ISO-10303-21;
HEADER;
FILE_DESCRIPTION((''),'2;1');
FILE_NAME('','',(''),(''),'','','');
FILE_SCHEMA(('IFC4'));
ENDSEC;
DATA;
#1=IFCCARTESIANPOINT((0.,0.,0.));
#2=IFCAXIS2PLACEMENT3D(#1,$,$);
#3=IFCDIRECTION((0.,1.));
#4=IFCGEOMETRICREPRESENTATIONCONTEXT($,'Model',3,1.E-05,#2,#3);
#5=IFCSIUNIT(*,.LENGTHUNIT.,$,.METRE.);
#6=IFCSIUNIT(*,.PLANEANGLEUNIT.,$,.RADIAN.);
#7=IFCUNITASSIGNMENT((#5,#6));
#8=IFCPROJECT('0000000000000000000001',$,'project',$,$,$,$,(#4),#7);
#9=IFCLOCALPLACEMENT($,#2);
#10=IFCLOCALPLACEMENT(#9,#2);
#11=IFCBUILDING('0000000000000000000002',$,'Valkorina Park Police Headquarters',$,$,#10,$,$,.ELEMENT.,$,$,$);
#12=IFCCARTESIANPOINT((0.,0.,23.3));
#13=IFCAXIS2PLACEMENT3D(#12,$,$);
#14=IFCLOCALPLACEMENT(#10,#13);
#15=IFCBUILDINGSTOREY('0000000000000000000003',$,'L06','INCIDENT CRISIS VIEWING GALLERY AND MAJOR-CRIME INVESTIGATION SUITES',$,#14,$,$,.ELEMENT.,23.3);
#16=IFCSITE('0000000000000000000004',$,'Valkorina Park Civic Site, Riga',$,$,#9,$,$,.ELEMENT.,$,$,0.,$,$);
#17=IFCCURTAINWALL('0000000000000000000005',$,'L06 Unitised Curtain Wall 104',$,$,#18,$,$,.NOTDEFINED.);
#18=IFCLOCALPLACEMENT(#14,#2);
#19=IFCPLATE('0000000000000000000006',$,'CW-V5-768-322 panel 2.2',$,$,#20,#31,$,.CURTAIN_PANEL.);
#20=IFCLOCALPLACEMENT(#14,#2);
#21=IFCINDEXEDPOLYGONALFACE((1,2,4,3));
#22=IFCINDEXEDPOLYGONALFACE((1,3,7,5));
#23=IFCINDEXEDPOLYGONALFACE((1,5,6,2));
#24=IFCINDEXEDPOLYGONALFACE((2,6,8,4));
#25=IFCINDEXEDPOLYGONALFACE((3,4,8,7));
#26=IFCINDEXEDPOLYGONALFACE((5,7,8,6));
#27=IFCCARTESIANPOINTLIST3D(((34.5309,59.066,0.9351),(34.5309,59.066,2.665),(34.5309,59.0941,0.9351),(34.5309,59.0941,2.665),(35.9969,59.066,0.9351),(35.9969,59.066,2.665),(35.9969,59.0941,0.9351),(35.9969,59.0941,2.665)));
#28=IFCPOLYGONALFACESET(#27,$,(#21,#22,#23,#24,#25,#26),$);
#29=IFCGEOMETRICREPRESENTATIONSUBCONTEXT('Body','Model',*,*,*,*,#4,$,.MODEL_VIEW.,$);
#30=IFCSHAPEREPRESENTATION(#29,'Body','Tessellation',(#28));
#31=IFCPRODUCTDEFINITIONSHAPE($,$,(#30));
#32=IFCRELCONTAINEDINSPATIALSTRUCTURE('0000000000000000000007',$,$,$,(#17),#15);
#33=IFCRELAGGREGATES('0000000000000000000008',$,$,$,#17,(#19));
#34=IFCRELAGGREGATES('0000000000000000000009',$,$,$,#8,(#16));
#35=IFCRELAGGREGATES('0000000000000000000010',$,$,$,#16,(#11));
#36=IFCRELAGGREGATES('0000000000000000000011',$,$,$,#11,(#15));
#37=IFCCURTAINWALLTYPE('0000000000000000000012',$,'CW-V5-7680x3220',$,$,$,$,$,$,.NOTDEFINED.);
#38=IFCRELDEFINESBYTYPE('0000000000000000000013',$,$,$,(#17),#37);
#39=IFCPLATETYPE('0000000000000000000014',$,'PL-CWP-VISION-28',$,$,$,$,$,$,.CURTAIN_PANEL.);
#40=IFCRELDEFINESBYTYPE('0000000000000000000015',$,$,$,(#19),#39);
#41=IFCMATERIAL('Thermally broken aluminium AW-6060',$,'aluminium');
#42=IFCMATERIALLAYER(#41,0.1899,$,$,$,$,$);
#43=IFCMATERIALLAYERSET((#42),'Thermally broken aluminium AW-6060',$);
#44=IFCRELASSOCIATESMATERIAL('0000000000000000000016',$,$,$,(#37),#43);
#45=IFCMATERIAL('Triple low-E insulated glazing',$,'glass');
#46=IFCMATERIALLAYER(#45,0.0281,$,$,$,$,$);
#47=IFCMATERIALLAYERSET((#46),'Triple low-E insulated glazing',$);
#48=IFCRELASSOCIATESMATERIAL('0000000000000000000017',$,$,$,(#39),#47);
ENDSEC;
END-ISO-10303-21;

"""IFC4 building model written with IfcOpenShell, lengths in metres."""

from ifc_helpers import new_model, si_unit, direction, frame, origin, origin_2d, place, context, subcontext, project, spatial, rectangle, extrude, material, layer, layer_set, type_object, element, aggregate, save


model = new_model("IFC4")

# Units and contexts
model_context = context("Model", 3, precision=1e-05, world=origin(), true_north=direction((0.0, 1.0)))
body_context = subcontext(model_context, "Body", "Model", "MODEL_VIEW")
ifc_project = project(units=[si_unit("LENGTHUNIT", "METRE"), si_unit("PLANEANGLEUNIT", "RADIAN")], contexts=[model_context])

# Site, building, storey
site_placement = place(None, origin())
site = spatial("IfcSite", under=ifc_project, at=site_placement, Name="Valkorina Park Civic Site, Riga", CompositionType="ELEMENT", RefElevation=0.0)
building_placement = place(site_placement, origin())
building = spatial("IfcBuilding", under=site, at=building_placement, Name="Valkorina Park Police Headquarters", CompositionType="ELEMENT")
storey_placement = place(building_placement, frame((0.0, 0.0, 23.3)))
storey = spatial("IfcBuildingStorey", under=building, at=storey_placement, Name="L06", Description="INCIDENT CRISIS VIEWING GALLERY AND MAJOR-CRIME INVESTIGATION SUITES", CompositionType="ELEMENT", Elevation=23.3)

# Curtain wall
ifc_material_1 = material(Name="Thermally broken aluminium AW-6060", Category="aluminium")
ifc_layer_1 = layer(ifc_material_1, 0.1899)
ifc_layer_set_1 = layer_set([ifc_layer_1], Name="Thermally broken aluminium AW-6060")
curtain_wall_type_1 = type_object("IfcCurtainWallType", Name="CW-V5-7680x3220", PredefinedType="NOTDEFINED", material=ifc_layer_set_1)
curtain_wall_1_placement = place(storey_placement, origin())
curtain_wall_1 = element("IfcCurtainWall", 1, at=curtain_wall_1_placement, inside=storey, type_object=curtain_wall_type_1, Name="L06 Unitised Curtain Wall 104", PredefinedType="NOTDEFINED")

# Plate
ifc_material_2 = material(Name="Triple low-E insulated glazing", Category="glass")
ifc_layer_2 = layer(ifc_material_2, 0.0281)
ifc_layer_set_2 = layer_set([ifc_layer_2], Name="Triple low-E insulated glazing")
plate_type_1 = type_object("IfcPlateType", Name="PL-CWP-VISION-28", PredefinedType="CURTAIN_PANEL", material=ifc_layer_set_2)
plate_1_placement = place(storey_placement, frame((35.2639, 59.0801, 0.9351), z_axis=(0.0, 0.0, 1.0), x_axis=(1.0, 0.0, 0.0)))
plate_1 = element("IfcPlate", 2, at=plate_1_placement, type_object=plate_type_1, Name="CW-V5-768-322 panel 2.2", PredefinedType="CURTAIN_PANEL", context=body_context, shape_type="SweptSolid", body=[
    extrude(rectangle(XDim=1.4661, YDim=0.0281, at=origin_2d()), origin(), (0.0, 0.0, 1.0), 1.73),
])
aggregate(curtain_wall_1, [plate_1])

save(model, "model.ifc")
